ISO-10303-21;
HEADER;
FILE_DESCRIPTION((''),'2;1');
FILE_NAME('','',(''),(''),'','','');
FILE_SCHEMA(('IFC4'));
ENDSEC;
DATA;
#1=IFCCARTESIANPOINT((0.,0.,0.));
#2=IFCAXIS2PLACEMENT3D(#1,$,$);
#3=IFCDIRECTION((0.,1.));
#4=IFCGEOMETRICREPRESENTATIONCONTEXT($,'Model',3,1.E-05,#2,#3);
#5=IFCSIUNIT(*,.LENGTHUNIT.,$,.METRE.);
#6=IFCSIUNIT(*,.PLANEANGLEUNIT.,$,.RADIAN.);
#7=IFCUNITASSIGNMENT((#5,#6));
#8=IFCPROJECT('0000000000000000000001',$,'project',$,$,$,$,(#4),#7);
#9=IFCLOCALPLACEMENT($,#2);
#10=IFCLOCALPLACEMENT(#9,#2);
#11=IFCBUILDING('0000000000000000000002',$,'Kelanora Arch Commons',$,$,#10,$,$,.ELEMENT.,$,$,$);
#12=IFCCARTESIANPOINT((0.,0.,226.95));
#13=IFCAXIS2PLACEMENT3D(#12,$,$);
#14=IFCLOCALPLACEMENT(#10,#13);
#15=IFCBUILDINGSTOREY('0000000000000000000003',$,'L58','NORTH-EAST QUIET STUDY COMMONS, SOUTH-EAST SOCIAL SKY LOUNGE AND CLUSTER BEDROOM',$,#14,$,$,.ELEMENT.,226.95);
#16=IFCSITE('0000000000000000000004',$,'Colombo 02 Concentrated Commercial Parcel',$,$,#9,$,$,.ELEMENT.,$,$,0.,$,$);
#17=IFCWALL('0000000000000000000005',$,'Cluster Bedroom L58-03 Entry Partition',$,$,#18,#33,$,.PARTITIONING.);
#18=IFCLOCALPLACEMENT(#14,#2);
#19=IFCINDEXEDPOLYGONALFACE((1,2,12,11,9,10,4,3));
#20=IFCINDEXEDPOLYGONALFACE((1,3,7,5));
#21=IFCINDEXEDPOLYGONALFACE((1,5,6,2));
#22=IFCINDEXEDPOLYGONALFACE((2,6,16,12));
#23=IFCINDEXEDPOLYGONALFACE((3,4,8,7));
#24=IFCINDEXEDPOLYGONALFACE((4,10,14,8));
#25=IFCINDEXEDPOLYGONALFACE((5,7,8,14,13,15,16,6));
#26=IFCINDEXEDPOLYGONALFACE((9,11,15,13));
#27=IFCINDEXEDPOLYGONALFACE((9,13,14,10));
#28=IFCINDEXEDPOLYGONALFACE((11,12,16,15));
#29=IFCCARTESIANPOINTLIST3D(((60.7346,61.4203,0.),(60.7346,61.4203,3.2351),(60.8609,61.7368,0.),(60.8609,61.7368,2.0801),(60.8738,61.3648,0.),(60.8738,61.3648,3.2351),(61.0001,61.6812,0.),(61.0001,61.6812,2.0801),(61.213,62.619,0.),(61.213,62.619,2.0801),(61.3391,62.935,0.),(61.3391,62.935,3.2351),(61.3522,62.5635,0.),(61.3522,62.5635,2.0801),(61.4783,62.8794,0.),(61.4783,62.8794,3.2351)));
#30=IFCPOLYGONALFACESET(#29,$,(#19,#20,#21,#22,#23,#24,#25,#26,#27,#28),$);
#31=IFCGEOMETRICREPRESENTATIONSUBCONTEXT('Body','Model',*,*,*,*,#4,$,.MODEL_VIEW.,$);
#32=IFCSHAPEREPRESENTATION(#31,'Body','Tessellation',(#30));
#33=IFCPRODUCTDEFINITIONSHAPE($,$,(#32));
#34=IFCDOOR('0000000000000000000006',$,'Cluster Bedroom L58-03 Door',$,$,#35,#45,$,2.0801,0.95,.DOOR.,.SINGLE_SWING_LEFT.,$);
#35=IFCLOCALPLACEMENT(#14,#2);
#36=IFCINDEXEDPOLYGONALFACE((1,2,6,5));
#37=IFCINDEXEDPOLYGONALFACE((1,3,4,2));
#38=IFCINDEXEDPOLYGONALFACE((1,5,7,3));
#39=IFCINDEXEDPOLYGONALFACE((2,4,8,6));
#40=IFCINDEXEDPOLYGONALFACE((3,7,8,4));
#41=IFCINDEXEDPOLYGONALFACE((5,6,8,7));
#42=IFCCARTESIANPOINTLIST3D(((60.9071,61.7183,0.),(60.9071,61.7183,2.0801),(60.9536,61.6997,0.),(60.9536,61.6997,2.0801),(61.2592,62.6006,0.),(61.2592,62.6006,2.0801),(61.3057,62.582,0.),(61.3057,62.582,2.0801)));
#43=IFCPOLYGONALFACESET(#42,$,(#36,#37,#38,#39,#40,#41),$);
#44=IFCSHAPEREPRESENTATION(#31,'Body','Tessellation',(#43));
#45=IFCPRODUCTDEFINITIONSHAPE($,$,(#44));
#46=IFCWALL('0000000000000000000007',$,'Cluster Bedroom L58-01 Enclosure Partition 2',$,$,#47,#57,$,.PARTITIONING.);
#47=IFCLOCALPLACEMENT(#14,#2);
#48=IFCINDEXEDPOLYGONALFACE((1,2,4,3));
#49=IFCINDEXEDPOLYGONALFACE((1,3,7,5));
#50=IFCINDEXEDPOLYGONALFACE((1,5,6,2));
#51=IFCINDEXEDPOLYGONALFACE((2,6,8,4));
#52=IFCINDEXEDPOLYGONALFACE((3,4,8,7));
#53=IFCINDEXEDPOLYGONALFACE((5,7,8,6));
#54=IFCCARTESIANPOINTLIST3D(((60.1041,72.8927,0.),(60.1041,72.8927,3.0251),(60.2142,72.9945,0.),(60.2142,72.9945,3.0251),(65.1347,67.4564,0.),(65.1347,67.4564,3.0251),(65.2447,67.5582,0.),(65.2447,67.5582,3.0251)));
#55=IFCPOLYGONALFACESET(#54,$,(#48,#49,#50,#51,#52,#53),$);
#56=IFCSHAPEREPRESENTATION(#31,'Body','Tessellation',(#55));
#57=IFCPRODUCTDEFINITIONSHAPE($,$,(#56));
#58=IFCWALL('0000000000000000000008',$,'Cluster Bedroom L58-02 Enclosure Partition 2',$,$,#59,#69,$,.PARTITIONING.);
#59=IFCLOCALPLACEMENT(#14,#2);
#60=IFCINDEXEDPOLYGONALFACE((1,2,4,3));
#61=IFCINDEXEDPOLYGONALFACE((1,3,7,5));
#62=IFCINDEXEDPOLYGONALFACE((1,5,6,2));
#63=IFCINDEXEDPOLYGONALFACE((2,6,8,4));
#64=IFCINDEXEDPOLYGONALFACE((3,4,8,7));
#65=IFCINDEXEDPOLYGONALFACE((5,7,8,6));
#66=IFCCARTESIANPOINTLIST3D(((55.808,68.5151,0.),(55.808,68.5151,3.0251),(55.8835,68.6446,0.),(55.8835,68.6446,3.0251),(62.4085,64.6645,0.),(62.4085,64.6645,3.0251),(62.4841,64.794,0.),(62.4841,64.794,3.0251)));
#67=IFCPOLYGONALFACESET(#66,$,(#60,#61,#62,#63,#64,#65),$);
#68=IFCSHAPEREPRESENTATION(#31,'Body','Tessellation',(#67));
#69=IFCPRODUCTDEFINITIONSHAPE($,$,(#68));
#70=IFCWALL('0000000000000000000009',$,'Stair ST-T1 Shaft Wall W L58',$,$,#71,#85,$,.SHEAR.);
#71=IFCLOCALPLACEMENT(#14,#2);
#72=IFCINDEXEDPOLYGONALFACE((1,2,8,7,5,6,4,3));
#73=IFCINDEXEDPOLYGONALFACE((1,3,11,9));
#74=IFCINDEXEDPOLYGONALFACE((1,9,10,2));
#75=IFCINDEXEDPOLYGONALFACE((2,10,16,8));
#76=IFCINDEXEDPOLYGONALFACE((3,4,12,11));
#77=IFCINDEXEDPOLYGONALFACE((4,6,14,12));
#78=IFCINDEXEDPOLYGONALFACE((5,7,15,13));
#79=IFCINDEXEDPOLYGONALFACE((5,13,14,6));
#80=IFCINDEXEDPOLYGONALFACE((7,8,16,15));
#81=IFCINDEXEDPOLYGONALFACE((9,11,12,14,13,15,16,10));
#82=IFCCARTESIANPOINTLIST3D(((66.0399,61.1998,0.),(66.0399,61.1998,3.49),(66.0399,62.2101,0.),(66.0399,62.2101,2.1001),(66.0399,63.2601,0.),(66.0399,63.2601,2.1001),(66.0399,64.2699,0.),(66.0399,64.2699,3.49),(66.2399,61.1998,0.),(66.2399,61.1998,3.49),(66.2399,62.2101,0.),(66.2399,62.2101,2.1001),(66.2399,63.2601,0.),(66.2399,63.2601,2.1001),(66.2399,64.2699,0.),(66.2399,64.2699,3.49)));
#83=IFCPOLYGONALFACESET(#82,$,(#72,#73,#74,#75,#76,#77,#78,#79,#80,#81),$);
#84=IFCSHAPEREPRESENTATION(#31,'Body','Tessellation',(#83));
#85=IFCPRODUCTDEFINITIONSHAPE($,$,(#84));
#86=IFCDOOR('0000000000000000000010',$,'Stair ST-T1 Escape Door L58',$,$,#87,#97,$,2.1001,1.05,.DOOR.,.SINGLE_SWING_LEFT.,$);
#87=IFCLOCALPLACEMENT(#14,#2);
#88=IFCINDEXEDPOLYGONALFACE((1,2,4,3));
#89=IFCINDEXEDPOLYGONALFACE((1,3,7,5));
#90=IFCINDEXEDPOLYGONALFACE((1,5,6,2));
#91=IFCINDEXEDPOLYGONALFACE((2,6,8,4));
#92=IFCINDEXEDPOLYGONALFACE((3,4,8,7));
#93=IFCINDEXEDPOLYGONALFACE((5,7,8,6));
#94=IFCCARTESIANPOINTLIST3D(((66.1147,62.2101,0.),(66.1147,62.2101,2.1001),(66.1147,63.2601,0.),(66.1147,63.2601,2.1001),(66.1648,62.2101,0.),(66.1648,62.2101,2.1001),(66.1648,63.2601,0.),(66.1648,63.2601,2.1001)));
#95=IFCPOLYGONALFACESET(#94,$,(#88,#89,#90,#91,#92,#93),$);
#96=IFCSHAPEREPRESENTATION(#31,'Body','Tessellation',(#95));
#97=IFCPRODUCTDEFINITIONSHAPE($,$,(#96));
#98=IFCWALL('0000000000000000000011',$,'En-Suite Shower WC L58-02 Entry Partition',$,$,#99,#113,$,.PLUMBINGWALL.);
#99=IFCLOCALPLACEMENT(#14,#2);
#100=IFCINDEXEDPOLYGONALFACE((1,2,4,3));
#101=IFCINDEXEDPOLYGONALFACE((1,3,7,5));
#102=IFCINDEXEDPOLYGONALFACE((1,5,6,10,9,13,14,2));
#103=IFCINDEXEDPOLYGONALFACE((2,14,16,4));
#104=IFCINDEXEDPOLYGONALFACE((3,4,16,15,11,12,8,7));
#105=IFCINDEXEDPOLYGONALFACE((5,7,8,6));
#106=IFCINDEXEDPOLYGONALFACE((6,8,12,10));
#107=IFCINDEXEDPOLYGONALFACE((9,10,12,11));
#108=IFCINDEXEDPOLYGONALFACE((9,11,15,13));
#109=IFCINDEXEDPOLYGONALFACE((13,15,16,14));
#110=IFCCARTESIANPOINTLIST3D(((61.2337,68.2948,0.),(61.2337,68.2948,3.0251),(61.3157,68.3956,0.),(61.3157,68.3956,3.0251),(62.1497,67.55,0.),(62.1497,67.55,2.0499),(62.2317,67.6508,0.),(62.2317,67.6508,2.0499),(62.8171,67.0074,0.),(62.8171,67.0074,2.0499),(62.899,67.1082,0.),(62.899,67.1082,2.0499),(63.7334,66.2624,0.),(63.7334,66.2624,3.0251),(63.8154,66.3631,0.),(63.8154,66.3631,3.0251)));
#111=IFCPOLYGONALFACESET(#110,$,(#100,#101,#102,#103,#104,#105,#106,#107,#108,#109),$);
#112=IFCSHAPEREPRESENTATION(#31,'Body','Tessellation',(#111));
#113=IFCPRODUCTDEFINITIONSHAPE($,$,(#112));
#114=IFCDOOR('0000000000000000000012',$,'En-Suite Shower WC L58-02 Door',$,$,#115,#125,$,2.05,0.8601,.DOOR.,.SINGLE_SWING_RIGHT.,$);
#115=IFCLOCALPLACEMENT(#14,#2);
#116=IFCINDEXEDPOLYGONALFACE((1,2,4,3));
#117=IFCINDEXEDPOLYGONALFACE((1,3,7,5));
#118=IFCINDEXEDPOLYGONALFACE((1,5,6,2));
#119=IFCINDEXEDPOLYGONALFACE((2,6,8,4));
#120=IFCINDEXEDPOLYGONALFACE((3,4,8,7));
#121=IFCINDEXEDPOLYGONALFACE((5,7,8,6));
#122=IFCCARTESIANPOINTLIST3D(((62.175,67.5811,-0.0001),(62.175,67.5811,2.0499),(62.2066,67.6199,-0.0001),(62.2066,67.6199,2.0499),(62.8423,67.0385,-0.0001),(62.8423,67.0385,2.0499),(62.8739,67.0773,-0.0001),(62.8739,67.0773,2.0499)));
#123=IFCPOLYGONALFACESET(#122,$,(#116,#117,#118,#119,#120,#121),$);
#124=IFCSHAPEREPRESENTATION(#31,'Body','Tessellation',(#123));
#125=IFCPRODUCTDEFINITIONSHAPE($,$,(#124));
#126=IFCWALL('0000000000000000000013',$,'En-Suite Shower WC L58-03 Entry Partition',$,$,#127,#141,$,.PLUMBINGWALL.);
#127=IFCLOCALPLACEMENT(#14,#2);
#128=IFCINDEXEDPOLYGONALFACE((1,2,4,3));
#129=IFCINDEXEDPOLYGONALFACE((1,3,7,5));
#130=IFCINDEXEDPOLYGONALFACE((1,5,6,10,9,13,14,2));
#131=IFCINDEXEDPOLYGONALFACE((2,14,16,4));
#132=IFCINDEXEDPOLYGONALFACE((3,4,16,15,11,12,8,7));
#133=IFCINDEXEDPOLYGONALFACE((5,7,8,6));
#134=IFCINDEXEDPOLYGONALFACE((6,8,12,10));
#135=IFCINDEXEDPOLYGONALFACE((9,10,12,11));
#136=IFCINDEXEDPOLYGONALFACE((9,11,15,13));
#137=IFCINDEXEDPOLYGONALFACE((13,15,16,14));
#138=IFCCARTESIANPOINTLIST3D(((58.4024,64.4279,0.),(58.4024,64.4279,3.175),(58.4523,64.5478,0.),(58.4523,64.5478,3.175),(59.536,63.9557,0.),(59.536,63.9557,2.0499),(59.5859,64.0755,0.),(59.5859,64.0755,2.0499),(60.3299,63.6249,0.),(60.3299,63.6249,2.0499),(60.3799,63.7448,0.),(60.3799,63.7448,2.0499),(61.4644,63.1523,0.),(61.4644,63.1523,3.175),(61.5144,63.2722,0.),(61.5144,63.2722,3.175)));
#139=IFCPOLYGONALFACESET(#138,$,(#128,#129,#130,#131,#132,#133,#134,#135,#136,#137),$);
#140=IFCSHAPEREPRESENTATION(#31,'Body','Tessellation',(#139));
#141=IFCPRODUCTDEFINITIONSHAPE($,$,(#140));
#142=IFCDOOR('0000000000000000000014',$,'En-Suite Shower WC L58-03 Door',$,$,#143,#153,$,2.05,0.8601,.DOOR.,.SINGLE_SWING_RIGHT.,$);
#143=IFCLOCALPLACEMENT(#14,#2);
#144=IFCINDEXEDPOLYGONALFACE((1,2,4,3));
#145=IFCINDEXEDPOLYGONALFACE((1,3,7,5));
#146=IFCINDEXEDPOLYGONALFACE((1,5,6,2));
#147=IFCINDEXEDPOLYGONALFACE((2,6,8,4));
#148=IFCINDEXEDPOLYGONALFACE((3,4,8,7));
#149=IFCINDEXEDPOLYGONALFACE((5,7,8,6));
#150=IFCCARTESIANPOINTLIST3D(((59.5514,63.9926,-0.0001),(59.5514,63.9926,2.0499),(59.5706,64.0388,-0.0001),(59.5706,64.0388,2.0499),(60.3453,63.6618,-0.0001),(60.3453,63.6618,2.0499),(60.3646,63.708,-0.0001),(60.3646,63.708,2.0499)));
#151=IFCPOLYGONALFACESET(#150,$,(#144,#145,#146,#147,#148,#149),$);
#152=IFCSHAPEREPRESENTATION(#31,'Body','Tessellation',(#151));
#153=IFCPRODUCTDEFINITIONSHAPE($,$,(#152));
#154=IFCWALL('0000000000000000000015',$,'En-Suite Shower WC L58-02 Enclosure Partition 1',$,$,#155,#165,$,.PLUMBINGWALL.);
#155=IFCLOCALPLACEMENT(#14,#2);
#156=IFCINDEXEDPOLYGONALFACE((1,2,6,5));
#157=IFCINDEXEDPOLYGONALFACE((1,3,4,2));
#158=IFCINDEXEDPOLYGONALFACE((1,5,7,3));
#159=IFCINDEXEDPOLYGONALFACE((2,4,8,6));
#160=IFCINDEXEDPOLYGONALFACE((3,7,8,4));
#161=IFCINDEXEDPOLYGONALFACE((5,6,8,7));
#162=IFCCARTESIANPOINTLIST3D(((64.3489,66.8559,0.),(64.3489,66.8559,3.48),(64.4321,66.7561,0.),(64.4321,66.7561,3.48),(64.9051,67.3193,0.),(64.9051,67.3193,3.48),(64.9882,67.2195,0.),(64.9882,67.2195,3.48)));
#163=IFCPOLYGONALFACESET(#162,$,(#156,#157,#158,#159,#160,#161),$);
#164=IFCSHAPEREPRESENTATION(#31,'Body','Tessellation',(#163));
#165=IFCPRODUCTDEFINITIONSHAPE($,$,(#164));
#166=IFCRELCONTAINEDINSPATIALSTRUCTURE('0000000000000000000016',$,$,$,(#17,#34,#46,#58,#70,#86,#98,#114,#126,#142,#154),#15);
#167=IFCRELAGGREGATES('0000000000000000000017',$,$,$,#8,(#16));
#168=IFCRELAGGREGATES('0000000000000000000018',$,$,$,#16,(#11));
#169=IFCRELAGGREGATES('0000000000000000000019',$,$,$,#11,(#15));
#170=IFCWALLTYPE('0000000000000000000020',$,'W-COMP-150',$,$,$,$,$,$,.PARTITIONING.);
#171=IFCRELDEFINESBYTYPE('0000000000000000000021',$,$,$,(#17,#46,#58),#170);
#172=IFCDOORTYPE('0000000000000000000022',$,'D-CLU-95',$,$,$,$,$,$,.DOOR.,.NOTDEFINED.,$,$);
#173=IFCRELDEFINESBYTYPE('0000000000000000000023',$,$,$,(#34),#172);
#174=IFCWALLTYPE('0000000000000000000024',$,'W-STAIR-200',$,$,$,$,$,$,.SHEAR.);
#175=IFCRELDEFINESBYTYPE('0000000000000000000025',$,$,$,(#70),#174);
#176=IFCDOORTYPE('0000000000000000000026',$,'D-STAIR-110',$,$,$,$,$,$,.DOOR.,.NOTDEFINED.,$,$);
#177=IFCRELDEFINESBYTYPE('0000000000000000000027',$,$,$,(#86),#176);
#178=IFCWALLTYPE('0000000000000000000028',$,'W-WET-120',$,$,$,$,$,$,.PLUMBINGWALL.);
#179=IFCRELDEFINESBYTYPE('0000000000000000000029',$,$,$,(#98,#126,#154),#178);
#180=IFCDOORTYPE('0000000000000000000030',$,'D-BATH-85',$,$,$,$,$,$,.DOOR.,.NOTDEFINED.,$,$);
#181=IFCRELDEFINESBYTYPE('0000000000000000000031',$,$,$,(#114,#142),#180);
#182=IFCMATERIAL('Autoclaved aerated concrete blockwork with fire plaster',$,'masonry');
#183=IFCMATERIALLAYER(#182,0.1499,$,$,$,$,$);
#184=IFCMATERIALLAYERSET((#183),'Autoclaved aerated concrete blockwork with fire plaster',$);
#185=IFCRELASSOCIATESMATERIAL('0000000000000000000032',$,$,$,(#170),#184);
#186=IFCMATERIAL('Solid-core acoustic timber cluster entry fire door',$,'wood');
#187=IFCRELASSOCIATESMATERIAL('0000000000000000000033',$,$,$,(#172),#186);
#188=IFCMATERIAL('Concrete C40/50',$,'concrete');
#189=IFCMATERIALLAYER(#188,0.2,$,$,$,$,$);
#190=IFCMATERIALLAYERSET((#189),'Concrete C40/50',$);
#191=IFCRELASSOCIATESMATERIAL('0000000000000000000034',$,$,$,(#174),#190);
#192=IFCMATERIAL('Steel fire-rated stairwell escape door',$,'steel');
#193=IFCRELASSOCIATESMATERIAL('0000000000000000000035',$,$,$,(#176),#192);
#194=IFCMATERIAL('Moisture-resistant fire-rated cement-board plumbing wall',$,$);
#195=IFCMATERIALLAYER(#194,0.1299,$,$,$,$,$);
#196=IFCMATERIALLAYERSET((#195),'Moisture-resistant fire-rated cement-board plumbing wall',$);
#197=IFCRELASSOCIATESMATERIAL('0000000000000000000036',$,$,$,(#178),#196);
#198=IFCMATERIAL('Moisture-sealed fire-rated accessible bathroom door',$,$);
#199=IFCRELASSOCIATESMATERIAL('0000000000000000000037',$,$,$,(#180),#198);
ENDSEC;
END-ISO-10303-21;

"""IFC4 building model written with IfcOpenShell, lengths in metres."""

from ifc_helpers import new_model, si_unit, direction, frame, frame_2d, origin, place, context, subcontext, project, spatial, rectangle, extrude, material, layer, layer_set, type_object, element, fill, save


model = new_model("IFC4")

# Units and contexts
model_context = context("Model", 3, precision=1e-05, world=origin(), true_north=direction((0.0, 1.0)))
body_context = subcontext(model_context, "Body", "Model", "MODEL_VIEW")
ifc_project = project(units=[si_unit("LENGTHUNIT", "METRE"), si_unit("PLANEANGLEUNIT", "RADIAN")], contexts=[model_context])

# Site, building, storey
site_placement = place(None, origin())
site = spatial("IfcSite", under=ifc_project, at=site_placement, Name="Colombo 02 Concentrated Commercial Parcel", CompositionType="ELEMENT", RefElevation=0.0)
building_placement = place(site_placement, origin())
building = spatial("IfcBuilding", under=site, at=building_placement, Name="Kelanora Arch Commons", CompositionType="ELEMENT")
storey_placement = place(building_placement, frame((0.0, 0.0, 226.95)))
storey = spatial("IfcBuildingStorey", under=building, at=storey_placement, Name="L58", Description="NORTH-EAST QUIET STUDY COMMONS, SOUTH-EAST SOCIAL SKY LOUNGE AND CLUSTER BEDROOM", CompositionType="ELEMENT", Elevation=226.95)

# Wall, opening, door
ifc_material_1 = material(Name="Autoclaved aerated concrete blockwork with fire plaster", Category="masonry")
ifc_layer_1 = layer(ifc_material_1, 0.1499)
ifc_layer_set_1 = layer_set([ifc_layer_1], Name="Autoclaved aerated concrete blockwork with fire plaster")
wall_type_1 = type_object("IfcWallType", Name="W-COMP-150", PredefinedType="PARTITIONING", material=ifc_layer_set_1)
ifc_material_2 = material(Name="Solid-core acoustic timber cluster entry fire door", Category="wood")
door_type_1 = type_object("IfcDoorType", Name="D-CLU-95", OperationType="NOTDEFINED", PredefinedType="DOOR", material=ifc_material_2)
wall_1_placement = place(storey_placement, frame((61.4087, 62.9072, 0.0), z_axis=(0.0, 0.0, 1.0), x_axis=(-0.370668, -0.928765, 0.0)))
wall_1 = element("IfcWall", 1, at=wall_1_placement, inside=storey, type_object=wall_type_1, Name="Cluster Bedroom L58-03 Entry Partition", PredefinedType="PARTITIONING", context=body_context, shape_type="SweptSolid", body=[
    extrude(rectangle(XDim=1.6309, YDim=0.1499, at=frame_2d((0.8154, 0.0))), origin(), (0.0, 0.0, 1.0), 3.2351),
])
opening_1_placement = place(wall_1_placement, frame((0.3401, 0.0, 0.0)))
opening_1 = element("IfcOpeningElement", 2, at=opening_1_placement, cuts=wall_1, PredefinedType="OPENING", context=body_context, shape_type="SweptSolid", body=[
    extrude(rectangle(XDim=0.95, YDim=2.0801, at=frame_2d((0.4751, 1.04))), frame((0.0, 0.085, 0.0), z_axis=(0.0, -1.0, 0.0), x_axis=(1.0, 0.0, 0.0)), (0.0, 0.0, 1.0), 0.1699),
])
door_1_placement = place(opening_1_placement, origin())
door_1 = element("IfcDoor", 3, at=door_1_placement, inside=storey, type_object=door_type_1, Name="Cluster Bedroom L58-03 Door", OperationType="SINGLE_SWING_LEFT", OverallHeight=2.0801, OverallWidth=0.95, PredefinedType="DOOR", context=body_context, shape_type="SweptSolid", body=[
    extrude(rectangle(XDim=0.95, YDim=2.0801, at=frame_2d((0.4751, 1.04))), frame((0.0, 0.0249, 0.0), z_axis=(0.0, -1.0, 0.0), x_axis=(1.0, 0.0, 0.0)), (0.0, 0.0, 1.0), 0.05),
])
fill(opening_1, door_1)

# Walls
wall_2_placement = place(storey_placement, frame((65.1897, 67.5073, 0.0), z_axis=(0.0, 0.0, 1.0), x_axis=(-0.679185, 0.733968, 0.0)))
element("IfcWall", 4, at=wall_2_placement, inside=storey, type_object=wall_type_1, Name="Cluster Bedroom L58-01 Enclosure Partition 2", PredefinedType="PARTITIONING", context=body_context, shape_type="SweptSolid", body=[
    extrude(rectangle(XDim=7.4067, YDim=0.1499, at=frame_2d((3.7034, 0.0))), origin(), (0.0, 0.0, 1.0), 3.0251),
])
wall_3_placement = place(storey_placement, frame((62.4463, 64.7292, 0.0), z_axis=(0.0, 0.0, 1.0), x_axis=(-0.863765, 0.503895, 0.0)))
element("IfcWall", 5, at=wall_3_placement, inside=storey, type_object=wall_type_1, Name="Cluster Bedroom L58-02 Enclosure Partition 2", PredefinedType="PARTITIONING", context=body_context, shape_type="SweptSolid", body=[
    extrude(rectangle(XDim=7.6416, YDim=0.1499, at=frame_2d((3.8208, 0.0))), origin(), (0.0, 0.0, 1.0), 3.0251),
])

# Walls, openings, doors
ifc_material_3 = material(Name="Concrete C40/50", Category="concrete")
ifc_layer_2 = layer(ifc_material_3, 0.2)
ifc_layer_set_2 = layer_set([ifc_layer_2], Name="Concrete C40/50")
wall_type_2 = type_object("IfcWallType", Name="W-STAIR-200", PredefinedType="SHEAR", material=ifc_layer_set_2)
wall_4_placement = place(storey_placement, frame((66.1399, 64.27, 0.0), z_axis=(0.0, 0.0, 1.0), x_axis=(0.0, -1.0, 0.0)))
wall_4 = element("IfcWall", 6, at=wall_4_placement, inside=storey, type_object=wall_type_2, Name="Stair ST-T1 Shaft Wall W L58", PredefinedType="SHEAR", context=body_context, shape_type="SweptSolid", body=[
    extrude(rectangle(XDim=3.0701, YDim=0.2, at=frame_2d((1.5352, 0.0))), origin(), (0.0, 0.0, 1.0), 3.49),
])
opening_2_placement = place(wall_4_placement, frame((1.01, 0.0, 0.0)))
opening_2 = element("IfcOpeningElement", 7, at=opening_2_placement, cuts=wall_4, PredefinedType="OPENING", context=body_context, shape_type="SweptSolid", body=[
    extrude(rectangle(XDim=1.05, YDim=2.1001, at=frame_2d((0.5249, 1.05))), frame((0.0, 0.1099, 0.0), z_axis=(0.0, -1.0, 0.0), x_axis=(1.0, 0.0, 0.0)), (0.0, 0.0, 1.0), 0.22),
])
ifc_material_4 = material(Name="Steel fire-rated stairwell escape door", Category="steel")
door_type_2 = type_object("IfcDoorType", Name="D-STAIR-110", OperationType="NOTDEFINED", PredefinedType="DOOR", material=ifc_material_4)
door_2_placement = place(opening_2_placement, origin())
door_2 = element("IfcDoor", 8, at=door_2_placement, inside=storey, type_object=door_type_2, Name="Stair ST-T1 Escape Door L58", OperationType="SINGLE_SWING_LEFT", OverallHeight=2.1001, OverallWidth=1.05, PredefinedType="DOOR", context=body_context, shape_type="SweptSolid", body=[
    extrude(rectangle(XDim=1.05, YDim=2.1001, at=frame_2d((0.5249, 1.05))), frame((0.0, 0.0249, 0.0), z_axis=(0.0, -1.0, 0.0), x_axis=(1.0, 0.0, 0.0)), (0.0, 0.0, 1.0), 0.05),
])
fill(opening_2, door_2)
ifc_material_5 = material(Name="Moisture-resistant fire-rated cement-board plumbing wall")
ifc_layer_3 = layer(ifc_material_5, 0.1299)
ifc_layer_set_3 = layer_set([ifc_layer_3], Name="Moisture-resistant fire-rated cement-board plumbing wall")
wall_type_3 = type_object("IfcWallType", Name="W-WET-120", PredefinedType="PLUMBINGWALL", material=ifc_layer_set_3)
wall_5_placement = place(storey_placement, frame((63.7744, 66.3127, 0.0), z_axis=(0.0, 0.0, 1.0), x_axis=(-0.775898, 0.630858, 0.0)))
wall_5 = element("IfcWall", 9, at=wall_5_placement, inside=storey, type_object=wall_type_3, Name="En-Suite Shower WC L58-02 Entry Partition", PredefinedType="PLUMBINGWALL", context=body_context, shape_type="SweptSolid", body=[
    extrude(rectangle(XDim=3.2217, YDim=0.1299, at=frame_2d((1.6108, 0.0))), origin(), (0.0, 0.0, 1.0), 3.0251),
])
opening_3_placement = place(wall_5_placement, frame((1.1809, 0.0, 0.0)))
opening_3 = element("IfcOpeningElement", 10, at=opening_3_placement, cuts=wall_5, PredefinedType="OPENING", context=body_context, shape_type="SweptSolid", body=[
    extrude(rectangle(XDim=0.8601, YDim=2.05, at=frame_2d((0.4302, 1.0249))), frame((0.0, 0.075, 0.0), z_axis=(0.0, -1.0, 0.0), x_axis=(1.0, 0.0, 0.0)), (0.0, 0.0, 1.0), 0.1499),
])
ifc_material_6 = material(Name="Moisture-sealed fire-rated accessible bathroom door")
door_type_3 = type_object("IfcDoorType", Name="D-BATH-85", OperationType="NOTDEFINED", PredefinedType="DOOR", material=ifc_material_6)
door_3_placement = place(opening_3_placement, origin())
door_3 = element("IfcDoor", 11, at=door_3_placement, inside=storey, type_object=door_type_3, Name="En-Suite Shower WC L58-02 Door", OperationType="SINGLE_SWING_RIGHT", OverallHeight=2.05, OverallWidth=0.8601, PredefinedType="DOOR", context=body_context, shape_type="SweptSolid", body=[
    extrude(rectangle(XDim=0.8601, YDim=2.05, at=frame_2d((0.4302, 1.0249))), frame((0.0, 0.0249, 0.0), z_axis=(0.0, -1.0, 0.0), x_axis=(1.0, 0.0, 0.0)), (0.0, 0.0, 1.0), 0.05),
])
fill(opening_3, door_3)
wall_6_placement = place(storey_placement, frame((61.4895, 63.2122, 0.0), z_axis=(0.0, 0.0, 1.0), x_axis=(-0.923099, 0.384563, 0.0)))
wall_6 = element("IfcWall", 12, at=wall_6_placement, inside=storey, type_object=wall_type_3, Name="En-Suite Shower WC L58-03 Entry Partition", PredefinedType="PLUMBINGWALL", context=body_context, shape_type="SweptSolid", body=[
    extrude(rectangle(XDim=3.3171, YDim=0.1299, at=frame_2d((1.6587, 0.0))), origin(), (0.0, 0.0, 1.0), 3.175),
])
opening_4_placement = place(wall_6_placement, frame((1.229, 0.0, 0.0)))
opening_4 = element("IfcOpeningElement", 13, at=opening_4_placement, cuts=wall_6, PredefinedType="OPENING", context=body_context, shape_type="SweptSolid", body=[
    extrude(rectangle(XDim=0.8601, YDim=2.05, at=frame_2d((0.4302, 1.0249))), frame((0.0, 0.075, 0.0), z_axis=(0.0, -1.0, 0.0), x_axis=(1.0, 0.0, 0.0)), (0.0, 0.0, 1.0), 0.1499),
])
door_4_placement = place(opening_4_placement, origin())
door_4 = element("IfcDoor", 14, at=door_4_placement, inside=storey, type_object=door_type_3, Name="En-Suite Shower WC L58-03 Door", OperationType="SINGLE_SWING_RIGHT", OverallHeight=2.05, OverallWidth=0.8601, PredefinedType="DOOR", context=body_context, shape_type="SweptSolid", body=[
    extrude(rectangle(XDim=0.8601, YDim=2.05, at=frame_2d((0.4302, 1.0249))), frame((0.0, 0.0249, 0.0), z_axis=(0.0, -1.0, 0.0), x_axis=(1.0, 0.0, 0.0)), (0.0, 0.0, 1.0), 0.05),
])
fill(opening_4, door_4)

# Wall
wall_7_placement = place(storey_placement, frame((64.9465, 67.2693, 0.0), z_axis=(0.0, 0.0, 1.0), x_axis=(-0.768277, -0.640118, 0.0)))
element("IfcWall", 15, at=wall_7_placement, inside=storey, type_object=wall_type_3, Name="En-Suite Shower WC L58-02 Enclosure Partition 1", PredefinedType="PLUMBINGWALL", context=body_context, shape_type="SweptSolid", body=[
    extrude(rectangle(XDim=0.7239, YDim=0.1299, at=frame_2d((0.3618, 0.0))), origin(), (0.0, 0.0, 1.0), 3.48),
])

save(model, "model.ifc")
